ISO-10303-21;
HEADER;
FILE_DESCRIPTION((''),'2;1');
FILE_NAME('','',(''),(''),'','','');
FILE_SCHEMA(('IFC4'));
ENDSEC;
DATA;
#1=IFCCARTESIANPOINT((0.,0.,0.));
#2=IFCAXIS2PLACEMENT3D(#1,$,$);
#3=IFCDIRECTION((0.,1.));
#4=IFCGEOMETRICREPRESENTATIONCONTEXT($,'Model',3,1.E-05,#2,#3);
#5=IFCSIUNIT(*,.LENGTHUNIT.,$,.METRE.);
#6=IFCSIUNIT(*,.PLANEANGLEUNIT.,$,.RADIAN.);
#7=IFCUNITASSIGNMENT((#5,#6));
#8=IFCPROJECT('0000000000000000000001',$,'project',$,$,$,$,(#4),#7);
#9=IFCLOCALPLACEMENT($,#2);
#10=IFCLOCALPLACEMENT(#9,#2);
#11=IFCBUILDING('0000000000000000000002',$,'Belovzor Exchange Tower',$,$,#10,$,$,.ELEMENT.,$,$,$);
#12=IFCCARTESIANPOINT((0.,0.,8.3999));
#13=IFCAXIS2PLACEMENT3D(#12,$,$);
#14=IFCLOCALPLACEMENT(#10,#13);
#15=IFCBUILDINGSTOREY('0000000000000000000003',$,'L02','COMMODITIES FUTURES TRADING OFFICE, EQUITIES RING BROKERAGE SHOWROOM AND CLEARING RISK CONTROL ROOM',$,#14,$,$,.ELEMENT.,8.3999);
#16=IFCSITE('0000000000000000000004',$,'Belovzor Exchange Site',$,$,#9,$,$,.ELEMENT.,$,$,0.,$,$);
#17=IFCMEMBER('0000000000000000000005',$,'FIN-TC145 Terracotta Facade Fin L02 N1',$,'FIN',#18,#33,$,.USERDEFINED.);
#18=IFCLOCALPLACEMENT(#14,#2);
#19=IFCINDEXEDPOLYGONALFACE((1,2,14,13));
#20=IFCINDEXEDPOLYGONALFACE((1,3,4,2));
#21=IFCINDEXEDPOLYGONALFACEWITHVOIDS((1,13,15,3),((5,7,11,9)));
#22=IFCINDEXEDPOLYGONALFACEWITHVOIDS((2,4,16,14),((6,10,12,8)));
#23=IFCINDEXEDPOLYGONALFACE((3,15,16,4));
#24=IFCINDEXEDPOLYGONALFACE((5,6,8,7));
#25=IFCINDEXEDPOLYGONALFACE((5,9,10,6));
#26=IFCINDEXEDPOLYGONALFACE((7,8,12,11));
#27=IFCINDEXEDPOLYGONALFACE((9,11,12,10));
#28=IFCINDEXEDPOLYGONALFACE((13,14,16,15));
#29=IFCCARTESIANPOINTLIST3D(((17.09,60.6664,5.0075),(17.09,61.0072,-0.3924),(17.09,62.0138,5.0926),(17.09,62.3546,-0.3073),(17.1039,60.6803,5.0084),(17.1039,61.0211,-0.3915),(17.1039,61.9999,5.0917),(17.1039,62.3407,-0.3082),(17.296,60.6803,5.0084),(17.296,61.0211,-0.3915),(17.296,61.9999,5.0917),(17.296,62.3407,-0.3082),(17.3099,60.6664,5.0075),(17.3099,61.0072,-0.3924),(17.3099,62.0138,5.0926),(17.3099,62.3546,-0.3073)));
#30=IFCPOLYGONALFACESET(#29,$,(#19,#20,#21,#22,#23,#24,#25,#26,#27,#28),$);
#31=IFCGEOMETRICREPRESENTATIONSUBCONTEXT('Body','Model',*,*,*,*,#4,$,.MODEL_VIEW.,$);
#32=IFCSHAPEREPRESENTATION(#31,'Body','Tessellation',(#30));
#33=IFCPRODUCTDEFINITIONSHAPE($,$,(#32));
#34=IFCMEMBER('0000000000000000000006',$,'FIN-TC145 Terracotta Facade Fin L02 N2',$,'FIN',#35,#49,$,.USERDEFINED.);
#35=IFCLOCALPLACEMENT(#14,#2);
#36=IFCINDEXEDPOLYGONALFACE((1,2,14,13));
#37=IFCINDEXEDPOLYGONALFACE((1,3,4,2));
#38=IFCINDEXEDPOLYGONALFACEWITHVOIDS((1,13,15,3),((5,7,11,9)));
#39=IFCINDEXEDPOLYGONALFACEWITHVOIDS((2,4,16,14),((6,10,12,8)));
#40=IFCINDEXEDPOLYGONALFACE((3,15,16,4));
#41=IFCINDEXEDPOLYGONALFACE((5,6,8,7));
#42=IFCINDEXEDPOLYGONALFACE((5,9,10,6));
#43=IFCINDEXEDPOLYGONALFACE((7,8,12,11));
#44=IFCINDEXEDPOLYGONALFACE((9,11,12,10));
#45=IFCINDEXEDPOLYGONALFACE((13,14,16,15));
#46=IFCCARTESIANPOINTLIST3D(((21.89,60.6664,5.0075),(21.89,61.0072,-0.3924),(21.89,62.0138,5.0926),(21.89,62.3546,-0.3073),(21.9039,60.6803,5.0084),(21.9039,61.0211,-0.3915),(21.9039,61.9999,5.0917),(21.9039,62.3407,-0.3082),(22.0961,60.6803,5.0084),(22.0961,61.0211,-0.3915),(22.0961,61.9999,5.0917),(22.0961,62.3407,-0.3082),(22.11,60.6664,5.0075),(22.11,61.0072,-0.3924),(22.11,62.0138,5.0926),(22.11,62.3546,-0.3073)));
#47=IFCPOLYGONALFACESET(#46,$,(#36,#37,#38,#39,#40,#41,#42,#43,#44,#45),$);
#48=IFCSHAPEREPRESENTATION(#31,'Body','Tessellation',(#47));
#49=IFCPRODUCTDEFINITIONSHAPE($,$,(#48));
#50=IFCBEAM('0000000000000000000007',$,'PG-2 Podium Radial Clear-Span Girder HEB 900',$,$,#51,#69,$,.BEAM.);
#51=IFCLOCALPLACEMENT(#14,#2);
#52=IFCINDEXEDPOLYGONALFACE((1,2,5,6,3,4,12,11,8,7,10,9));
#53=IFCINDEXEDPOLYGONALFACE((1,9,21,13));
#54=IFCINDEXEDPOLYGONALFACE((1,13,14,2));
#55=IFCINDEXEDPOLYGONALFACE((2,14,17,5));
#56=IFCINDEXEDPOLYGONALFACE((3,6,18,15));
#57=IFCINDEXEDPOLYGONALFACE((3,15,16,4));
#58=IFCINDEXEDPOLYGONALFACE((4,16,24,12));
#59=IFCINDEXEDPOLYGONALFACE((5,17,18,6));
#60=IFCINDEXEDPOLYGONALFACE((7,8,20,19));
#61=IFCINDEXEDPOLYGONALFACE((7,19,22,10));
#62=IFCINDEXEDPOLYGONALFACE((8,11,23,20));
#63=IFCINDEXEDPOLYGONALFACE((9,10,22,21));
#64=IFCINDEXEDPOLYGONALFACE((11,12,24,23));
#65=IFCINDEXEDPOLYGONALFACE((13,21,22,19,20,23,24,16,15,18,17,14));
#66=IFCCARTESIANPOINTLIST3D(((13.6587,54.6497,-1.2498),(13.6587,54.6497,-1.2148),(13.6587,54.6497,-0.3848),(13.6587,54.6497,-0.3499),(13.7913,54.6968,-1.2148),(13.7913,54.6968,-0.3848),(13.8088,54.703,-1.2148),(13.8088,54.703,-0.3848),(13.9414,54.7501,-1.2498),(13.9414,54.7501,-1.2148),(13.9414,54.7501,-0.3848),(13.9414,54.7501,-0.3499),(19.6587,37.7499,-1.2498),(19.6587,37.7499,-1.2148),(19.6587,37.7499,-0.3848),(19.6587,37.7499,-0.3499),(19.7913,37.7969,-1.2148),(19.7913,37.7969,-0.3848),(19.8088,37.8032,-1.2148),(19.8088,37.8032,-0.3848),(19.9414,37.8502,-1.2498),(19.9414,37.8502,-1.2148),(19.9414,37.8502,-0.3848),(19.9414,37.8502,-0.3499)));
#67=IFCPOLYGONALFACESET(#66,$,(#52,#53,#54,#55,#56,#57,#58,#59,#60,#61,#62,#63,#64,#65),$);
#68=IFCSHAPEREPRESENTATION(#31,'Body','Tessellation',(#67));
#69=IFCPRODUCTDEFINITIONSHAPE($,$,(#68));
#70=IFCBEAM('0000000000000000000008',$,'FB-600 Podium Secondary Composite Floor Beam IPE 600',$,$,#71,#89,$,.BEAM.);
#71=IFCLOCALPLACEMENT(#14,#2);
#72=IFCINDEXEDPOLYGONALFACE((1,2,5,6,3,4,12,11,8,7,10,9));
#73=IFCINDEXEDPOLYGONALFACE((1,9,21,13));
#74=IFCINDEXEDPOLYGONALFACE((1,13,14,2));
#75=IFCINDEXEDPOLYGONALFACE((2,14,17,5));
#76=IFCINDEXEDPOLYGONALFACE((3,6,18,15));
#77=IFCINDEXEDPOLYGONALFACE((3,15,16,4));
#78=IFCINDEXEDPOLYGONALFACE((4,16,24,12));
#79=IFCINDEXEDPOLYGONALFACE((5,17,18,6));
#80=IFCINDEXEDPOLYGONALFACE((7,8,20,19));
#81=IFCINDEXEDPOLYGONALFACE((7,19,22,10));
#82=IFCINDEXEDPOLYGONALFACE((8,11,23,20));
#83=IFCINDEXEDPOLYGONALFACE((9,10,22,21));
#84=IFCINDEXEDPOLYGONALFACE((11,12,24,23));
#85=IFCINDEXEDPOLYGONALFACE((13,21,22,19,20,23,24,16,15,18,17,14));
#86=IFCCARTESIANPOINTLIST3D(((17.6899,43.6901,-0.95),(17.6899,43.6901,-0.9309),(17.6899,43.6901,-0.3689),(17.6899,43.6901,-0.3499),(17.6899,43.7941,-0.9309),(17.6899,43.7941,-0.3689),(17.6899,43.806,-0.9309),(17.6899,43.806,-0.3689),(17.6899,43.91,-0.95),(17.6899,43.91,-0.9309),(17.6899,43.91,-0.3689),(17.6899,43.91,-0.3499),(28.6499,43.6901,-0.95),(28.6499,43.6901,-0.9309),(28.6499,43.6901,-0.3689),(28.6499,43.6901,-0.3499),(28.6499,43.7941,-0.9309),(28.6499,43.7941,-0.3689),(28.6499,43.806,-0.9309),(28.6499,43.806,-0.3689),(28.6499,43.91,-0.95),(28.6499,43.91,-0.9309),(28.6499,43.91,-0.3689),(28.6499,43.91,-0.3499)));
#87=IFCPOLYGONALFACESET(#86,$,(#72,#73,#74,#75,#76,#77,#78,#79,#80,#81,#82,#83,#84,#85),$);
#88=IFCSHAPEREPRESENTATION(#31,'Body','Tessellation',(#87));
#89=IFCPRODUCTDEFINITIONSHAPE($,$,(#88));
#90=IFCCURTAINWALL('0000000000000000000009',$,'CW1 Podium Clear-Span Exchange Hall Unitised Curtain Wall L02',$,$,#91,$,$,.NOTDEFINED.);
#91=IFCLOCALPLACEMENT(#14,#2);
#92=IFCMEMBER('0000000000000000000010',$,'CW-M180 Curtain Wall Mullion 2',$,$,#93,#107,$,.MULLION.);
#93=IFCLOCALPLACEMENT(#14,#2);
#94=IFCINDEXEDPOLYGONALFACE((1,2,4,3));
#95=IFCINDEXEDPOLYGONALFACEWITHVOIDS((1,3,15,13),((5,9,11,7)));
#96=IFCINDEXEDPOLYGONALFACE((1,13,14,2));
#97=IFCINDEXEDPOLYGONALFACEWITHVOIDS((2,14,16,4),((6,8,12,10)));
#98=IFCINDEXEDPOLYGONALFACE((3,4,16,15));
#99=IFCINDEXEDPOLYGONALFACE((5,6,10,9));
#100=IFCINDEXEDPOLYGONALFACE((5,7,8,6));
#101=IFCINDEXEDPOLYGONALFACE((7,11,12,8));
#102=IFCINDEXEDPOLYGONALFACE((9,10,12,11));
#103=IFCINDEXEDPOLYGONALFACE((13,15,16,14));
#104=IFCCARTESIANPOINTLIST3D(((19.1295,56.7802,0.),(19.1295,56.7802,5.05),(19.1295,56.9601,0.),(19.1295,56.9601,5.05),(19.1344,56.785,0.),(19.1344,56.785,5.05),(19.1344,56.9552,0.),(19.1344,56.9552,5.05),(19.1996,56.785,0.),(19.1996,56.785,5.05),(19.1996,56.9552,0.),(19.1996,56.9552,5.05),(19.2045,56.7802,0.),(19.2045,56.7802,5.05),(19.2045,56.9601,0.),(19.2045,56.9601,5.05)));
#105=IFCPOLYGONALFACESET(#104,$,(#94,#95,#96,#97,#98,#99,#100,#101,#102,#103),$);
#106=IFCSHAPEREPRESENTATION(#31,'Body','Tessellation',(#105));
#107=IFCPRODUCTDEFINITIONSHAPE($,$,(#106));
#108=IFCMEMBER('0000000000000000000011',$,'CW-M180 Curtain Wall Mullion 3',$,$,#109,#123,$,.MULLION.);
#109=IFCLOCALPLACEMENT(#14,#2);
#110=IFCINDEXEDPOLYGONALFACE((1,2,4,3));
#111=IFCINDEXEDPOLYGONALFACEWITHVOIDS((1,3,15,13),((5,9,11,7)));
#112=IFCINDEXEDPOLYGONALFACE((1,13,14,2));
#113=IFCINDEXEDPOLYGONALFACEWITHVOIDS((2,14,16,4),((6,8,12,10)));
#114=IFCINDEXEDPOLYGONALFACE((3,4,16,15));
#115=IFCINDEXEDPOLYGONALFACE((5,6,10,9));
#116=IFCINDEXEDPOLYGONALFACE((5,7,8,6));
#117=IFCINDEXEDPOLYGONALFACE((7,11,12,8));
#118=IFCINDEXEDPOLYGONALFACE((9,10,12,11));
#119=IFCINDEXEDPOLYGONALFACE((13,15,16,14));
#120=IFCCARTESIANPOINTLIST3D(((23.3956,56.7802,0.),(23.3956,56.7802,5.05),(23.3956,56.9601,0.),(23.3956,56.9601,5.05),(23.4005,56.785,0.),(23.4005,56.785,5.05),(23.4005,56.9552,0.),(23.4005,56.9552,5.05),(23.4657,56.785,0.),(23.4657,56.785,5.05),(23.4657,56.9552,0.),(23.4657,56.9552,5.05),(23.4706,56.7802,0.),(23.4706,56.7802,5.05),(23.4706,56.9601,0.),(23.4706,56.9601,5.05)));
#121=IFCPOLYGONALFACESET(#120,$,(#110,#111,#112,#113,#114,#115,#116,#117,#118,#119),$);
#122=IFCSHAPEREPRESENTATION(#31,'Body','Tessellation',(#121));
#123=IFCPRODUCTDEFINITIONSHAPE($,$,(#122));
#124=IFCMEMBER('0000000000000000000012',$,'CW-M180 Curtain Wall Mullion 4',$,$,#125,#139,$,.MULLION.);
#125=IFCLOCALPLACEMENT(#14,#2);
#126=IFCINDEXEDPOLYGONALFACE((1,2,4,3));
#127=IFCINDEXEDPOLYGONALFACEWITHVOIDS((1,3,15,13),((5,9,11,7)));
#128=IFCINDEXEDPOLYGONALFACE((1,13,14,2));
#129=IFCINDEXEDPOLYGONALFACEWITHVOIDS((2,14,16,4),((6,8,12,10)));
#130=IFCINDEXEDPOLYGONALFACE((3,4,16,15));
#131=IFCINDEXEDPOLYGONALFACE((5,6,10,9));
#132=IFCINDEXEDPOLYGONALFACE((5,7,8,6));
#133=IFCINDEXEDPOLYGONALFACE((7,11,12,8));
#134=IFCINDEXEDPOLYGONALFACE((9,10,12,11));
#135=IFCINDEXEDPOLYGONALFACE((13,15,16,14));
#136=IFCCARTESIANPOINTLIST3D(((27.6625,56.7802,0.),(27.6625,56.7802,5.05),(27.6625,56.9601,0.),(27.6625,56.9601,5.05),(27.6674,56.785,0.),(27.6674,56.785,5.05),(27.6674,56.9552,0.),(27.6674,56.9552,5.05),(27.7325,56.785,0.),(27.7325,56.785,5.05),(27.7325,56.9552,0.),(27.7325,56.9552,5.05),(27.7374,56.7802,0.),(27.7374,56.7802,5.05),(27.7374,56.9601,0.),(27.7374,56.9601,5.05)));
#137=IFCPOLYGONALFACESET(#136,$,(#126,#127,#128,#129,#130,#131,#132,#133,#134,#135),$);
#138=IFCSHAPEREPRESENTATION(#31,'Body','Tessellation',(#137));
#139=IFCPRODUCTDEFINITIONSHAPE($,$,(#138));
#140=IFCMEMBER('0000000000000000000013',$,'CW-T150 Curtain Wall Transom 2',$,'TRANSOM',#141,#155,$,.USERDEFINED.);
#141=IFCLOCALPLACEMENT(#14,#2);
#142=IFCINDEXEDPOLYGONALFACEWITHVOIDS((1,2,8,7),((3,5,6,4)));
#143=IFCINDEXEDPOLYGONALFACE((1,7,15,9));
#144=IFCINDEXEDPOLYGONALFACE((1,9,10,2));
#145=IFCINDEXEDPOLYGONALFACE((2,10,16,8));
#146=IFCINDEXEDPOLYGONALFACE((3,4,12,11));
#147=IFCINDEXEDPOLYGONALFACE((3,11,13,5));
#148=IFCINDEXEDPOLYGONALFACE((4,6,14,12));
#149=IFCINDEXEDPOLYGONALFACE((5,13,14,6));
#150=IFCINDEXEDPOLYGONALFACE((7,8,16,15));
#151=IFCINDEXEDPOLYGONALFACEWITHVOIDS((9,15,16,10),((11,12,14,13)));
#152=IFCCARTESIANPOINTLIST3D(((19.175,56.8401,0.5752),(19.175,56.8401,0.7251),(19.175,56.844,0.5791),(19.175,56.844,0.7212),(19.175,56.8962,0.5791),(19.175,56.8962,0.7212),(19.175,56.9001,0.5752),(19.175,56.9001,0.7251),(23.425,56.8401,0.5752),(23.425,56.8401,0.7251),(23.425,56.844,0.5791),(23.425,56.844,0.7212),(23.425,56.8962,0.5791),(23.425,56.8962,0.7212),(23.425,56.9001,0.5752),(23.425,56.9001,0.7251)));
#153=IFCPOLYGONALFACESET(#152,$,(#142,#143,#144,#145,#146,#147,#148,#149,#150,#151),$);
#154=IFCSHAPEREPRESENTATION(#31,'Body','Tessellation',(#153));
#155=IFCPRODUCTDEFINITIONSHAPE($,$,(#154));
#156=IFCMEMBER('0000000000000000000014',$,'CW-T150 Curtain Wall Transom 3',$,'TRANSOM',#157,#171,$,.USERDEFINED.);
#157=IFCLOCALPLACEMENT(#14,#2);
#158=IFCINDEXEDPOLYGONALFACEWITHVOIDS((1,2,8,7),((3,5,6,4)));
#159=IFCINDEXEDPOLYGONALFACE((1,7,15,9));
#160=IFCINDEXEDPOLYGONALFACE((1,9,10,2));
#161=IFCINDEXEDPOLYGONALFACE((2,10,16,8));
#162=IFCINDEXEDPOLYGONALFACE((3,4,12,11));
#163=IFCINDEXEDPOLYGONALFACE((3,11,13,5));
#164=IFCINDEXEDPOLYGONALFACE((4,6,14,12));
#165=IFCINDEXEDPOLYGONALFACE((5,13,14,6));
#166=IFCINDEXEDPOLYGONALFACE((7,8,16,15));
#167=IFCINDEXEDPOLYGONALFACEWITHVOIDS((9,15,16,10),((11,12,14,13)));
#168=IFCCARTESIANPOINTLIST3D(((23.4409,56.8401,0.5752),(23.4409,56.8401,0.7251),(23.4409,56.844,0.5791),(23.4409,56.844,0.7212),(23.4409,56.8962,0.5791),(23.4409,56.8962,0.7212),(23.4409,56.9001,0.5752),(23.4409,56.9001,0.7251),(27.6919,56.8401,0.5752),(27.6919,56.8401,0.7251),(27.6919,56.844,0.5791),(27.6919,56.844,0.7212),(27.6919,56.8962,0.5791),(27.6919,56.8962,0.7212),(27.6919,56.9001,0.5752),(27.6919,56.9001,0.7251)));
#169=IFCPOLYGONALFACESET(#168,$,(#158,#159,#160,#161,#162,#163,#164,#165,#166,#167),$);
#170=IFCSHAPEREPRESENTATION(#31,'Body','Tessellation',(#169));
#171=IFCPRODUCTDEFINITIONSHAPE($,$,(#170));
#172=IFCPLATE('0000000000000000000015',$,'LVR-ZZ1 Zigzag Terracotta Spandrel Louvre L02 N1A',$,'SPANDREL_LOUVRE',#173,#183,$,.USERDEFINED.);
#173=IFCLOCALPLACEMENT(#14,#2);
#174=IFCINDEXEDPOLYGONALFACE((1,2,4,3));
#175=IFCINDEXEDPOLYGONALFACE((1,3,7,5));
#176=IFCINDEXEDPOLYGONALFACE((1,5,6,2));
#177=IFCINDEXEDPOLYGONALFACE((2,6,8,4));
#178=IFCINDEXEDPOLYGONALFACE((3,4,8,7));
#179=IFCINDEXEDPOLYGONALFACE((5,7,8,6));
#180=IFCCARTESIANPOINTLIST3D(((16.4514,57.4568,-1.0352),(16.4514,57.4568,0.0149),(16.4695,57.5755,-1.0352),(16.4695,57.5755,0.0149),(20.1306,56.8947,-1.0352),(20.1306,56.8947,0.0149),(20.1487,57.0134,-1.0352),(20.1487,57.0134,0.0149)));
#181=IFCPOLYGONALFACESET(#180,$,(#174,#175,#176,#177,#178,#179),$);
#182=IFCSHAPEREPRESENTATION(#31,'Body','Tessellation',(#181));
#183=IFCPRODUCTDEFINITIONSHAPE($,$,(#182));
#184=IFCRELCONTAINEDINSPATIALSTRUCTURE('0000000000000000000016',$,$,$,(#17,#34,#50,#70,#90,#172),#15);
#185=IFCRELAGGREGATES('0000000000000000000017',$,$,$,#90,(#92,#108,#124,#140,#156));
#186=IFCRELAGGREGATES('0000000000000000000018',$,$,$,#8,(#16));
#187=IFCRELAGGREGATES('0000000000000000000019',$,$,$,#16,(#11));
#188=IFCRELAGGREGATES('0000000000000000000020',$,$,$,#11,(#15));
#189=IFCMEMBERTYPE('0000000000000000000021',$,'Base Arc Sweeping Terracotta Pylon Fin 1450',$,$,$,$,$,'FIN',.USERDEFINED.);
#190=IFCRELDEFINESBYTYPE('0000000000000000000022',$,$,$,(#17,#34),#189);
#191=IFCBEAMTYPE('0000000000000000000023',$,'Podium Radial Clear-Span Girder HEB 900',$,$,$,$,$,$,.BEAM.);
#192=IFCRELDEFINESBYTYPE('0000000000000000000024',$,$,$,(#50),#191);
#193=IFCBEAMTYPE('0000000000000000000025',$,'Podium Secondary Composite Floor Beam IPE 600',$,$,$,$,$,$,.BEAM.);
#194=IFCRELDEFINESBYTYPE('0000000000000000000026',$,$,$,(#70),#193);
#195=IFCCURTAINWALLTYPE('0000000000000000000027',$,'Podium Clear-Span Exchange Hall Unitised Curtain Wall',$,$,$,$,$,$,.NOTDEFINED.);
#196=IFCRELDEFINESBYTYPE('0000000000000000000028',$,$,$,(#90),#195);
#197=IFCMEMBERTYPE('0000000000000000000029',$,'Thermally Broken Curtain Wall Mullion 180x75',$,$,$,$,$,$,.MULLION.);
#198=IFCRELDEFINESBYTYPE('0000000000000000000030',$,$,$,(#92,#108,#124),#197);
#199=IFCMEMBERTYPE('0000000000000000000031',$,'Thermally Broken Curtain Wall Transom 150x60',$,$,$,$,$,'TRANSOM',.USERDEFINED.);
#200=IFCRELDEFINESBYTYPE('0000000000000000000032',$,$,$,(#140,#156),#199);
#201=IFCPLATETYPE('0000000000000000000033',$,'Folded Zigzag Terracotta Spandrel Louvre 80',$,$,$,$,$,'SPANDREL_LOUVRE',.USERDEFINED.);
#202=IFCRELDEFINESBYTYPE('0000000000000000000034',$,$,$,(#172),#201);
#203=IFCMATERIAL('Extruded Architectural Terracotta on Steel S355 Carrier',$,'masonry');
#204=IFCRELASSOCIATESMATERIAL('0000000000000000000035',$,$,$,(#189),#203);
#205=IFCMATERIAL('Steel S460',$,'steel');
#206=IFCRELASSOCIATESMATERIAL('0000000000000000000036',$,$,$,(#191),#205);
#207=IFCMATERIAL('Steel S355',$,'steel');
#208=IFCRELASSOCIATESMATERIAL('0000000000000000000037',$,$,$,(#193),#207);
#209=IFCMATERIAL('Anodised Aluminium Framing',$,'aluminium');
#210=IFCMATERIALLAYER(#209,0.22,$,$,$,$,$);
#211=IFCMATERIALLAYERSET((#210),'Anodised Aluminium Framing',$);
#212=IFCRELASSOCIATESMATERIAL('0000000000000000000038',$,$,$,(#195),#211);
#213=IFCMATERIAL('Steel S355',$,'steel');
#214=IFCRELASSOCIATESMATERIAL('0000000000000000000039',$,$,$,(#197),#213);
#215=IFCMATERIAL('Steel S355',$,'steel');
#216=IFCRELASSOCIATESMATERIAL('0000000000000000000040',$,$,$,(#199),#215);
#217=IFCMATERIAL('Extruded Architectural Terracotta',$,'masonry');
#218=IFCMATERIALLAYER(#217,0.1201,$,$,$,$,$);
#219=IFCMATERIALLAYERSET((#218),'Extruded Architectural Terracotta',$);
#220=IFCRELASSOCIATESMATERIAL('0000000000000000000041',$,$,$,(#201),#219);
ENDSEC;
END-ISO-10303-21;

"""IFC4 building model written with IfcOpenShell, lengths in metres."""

from ifc_helpers import new_model, si_unit, direction, frame, origin, origin_2d, place, context, subcontext, project, spatial, rectangle, hollow_rectangle, i_section, extrude, material, layer, layer_set, material_profile, profile_set, type_object, element, aggregate, save


model = new_model("IFC4")

# Units and contexts
model_context = context("Model", 3, precision=1e-05, world=origin(), true_north=direction((0.0, 1.0)))
body_context = subcontext(model_context, "Body", "Model", "MODEL_VIEW")
ifc_project = project(units=[si_unit("LENGTHUNIT", "METRE"), si_unit("PLANEANGLEUNIT", "RADIAN")], contexts=[model_context])

# Site, building, storey
site_placement = place(None, origin())
site = spatial("IfcSite", under=ifc_project, at=site_placement, Name="Belovzor Exchange Site", CompositionType="ELEMENT", RefElevation=0.0)
building_placement = place(site_placement, origin())
building = spatial("IfcBuilding", under=site, at=building_placement, Name="Belovzor Exchange Tower", CompositionType="ELEMENT")
storey_placement = place(building_placement, frame((0.0, 0.0, 8.3999)))
storey = spatial("IfcBuildingStorey", under=building, at=storey_placement, Name="L02", Description="COMMODITIES FUTURES TRADING OFFICE, EQUITIES RING BROKERAGE SHOWROOM AND CLEARING RISK CONTROL ROOM", CompositionType="ELEMENT", Elevation=8.3999)

# Members
ifc_material_1 = material(Name="Extruded Architectural Terracotta on Steel S355 Carrier", Category="masonry")
ifc_material_profile_1 = material_profile(ifc_material_1, hollow_rectangle(XDim=0.22, YDim=1.3501, WallThickness=0.0139, at=origin_2d()))
ifc_profile_set_1 = profile_set([ifc_material_profile_1], Name="Extruded Architectural Terracotta on Steel S355 Carrier")
member_type_1 = type_object("IfcMemberType", Name="Base Arc Sweeping Terracotta Pylon Fin 1450", ElementType="FIN", PredefinedType="USERDEFINED", material=ifc_profile_set_1)
for number, where, z_axis, x_axis, name in (
    (1, (17.2, 61.6809, -0.3499), (0.0, -0.062991, 0.998014), (1.0, 0.0, 0.0), "FIN-TC145 Terracotta Facade Fin L02 N1"),
    (2, (22.0, 61.6809, -0.3499), (0.0, -0.062991, 0.998014), (1.0, 0.0, 0.0), "FIN-TC145 Terracotta Facade Fin L02 N2"),
):
    element("IfcMember", number, at=place(storey_placement, frame(where, z_axis=z_axis, x_axis=x_axis)), inside=storey, type_object=member_type_1, Name=name, ObjectType="FIN", PredefinedType="USERDEFINED", context=body_context, shape_type="SweptSolid", body=[
        extrude(hollow_rectangle(XDim=0.22, YDim=1.3501, WallThickness=0.0139, at=origin_2d()), origin(), (0.0, 0.0, 1.0), 5.4106),
    ])

# Beams
ifc_material_2 = material(Name="Steel S460", Category="steel")
ifc_material_profile_2 = material_profile(ifc_material_2, i_section(OverallWidth=0.3, OverallDepth=0.8999, WebThickness=0.0186, FlangeThickness=0.0349, at=origin_2d()))
ifc_profile_set_2 = profile_set([ifc_material_profile_2], Name="Steel S460")
beam_type_1 = type_object("IfcBeamType", Name="Podium Radial Clear-Span Girder HEB 900", PredefinedType="BEAM", material=ifc_profile_set_2)
beam_1_placement = place(storey_placement, frame((19.8, 37.8, -0.7998), z_axis=(-0.334571, 0.94237, 0.0), x_axis=(-0.94237, -0.334571, 0.0)))
element("IfcBeam", 3, at=beam_1_placement, inside=storey, type_object=beam_type_1, Name="PG-2 Podium Radial Clear-Span Girder HEB 900", PredefinedType="BEAM", context=body_context, shape_type="SweptSolid", body=[
    extrude(i_section(OverallWidth=0.3, OverallDepth=0.8999, WebThickness=0.0186, FlangeThickness=0.0349, at=origin_2d()), origin(), (0.0, 0.0, 1.0), 17.9333),
])
ifc_material_3 = material(Name="Steel S355", Category="steel")
ifc_material_profile_3 = material_profile(ifc_material_3, i_section(OverallWidth=0.22, OverallDepth=0.6001, WebThickness=0.012, FlangeThickness=0.019, at=origin_2d()))
ifc_profile_set_3 = profile_set([ifc_material_profile_3], Name="Steel S355")
beam_type_2 = type_object("IfcBeamType", Name="Podium Secondary Composite Floor Beam IPE 600", PredefinedType="BEAM", material=ifc_profile_set_3)
beam_2_placement = place(storey_placement, frame((17.6899, 43.8, -0.6499), z_axis=(1.0, 0.0, 0.0), x_axis=(0.0, 1.0, 0.0)))
element("IfcBeam", 4, at=beam_2_placement, inside=storey, type_object=beam_type_2, Name="FB-600 Podium Secondary Composite Floor Beam IPE 600", PredefinedType="BEAM", context=body_context, shape_type="SweptSolid", body=[
    extrude(i_section(OverallWidth=0.22, OverallDepth=0.6001, WebThickness=0.012, FlangeThickness=0.019, at=origin_2d()), origin(), (0.0, 0.0, 1.0), 10.96),
])

# Curtain wall, members
ifc_material_4 = material(Name="Anodised Aluminium Framing", Category="aluminium")
ifc_layer_1 = layer(ifc_material_4, 0.22)
ifc_layer_set_1 = layer_set([ifc_layer_1], Name="Anodised Aluminium Framing")
curtain_wall_type = type_object("IfcCurtainWallType", Name="Podium Clear-Span Exchange Hall Unitised Curtain Wall", PredefinedType="NOTDEFINED", material=ifc_layer_set_1)
curtain_wall_placement = place(storey_placement, origin())
curtain_wall = element("IfcCurtainWall", 5, at=curtain_wall_placement, inside=storey, type_object=curtain_wall_type, Name="CW1 Podium Clear-Span Exchange Hall Unitised Curtain Wall L02", PredefinedType="NOTDEFINED")
ifc_material_5 = material(Name="Steel S355", Category="steel")
ifc_material_profile_4 = material_profile(ifc_material_5, hollow_rectangle(XDim=0.075, YDim=0.1799, WallThickness=0.0049, at=origin_2d()))
ifc_profile_set_4 = profile_set([ifc_material_profile_4], Name="Steel S355")
member_type_2 = type_object("IfcMemberType", Name="Thermally Broken Curtain Wall Mullion 180x75", PredefinedType="MULLION", material=ifc_profile_set_4)
member_1_placement = place(storey_placement, frame((19.167, 56.8701, 0.0), z_axis=(0.0, 0.0, 1.0), x_axis=(1.0, 0.0, 0.0)))
member_1 = element("IfcMember", 6, at=member_1_placement, type_object=member_type_2, Name="CW-M180 Curtain Wall Mullion 2", PredefinedType="MULLION", context=body_context, shape_type="SweptSolid", body=[
    extrude(hollow_rectangle(XDim=0.075, YDim=0.1799, WallThickness=0.0049, at=origin_2d()), origin(), (0.0, 0.0, 1.0), 5.05),
])
member_2_placement = place(storey_placement, frame((23.4331, 56.8701, 0.0), z_axis=(0.0, 0.0, 1.0), x_axis=(1.0, 0.0, 0.0)))
member_2 = element("IfcMember", 7, at=member_2_placement, type_object=member_type_2, Name="CW-M180 Curtain Wall Mullion 3", PredefinedType="MULLION", context=body_context, shape_type="SweptSolid", body=[
    extrude(hollow_rectangle(XDim=0.075, YDim=0.1799, WallThickness=0.0049, at=origin_2d()), origin(), (0.0, 0.0, 1.0), 5.05),
])
member_3_placement = place(storey_placement, frame((27.7, 56.8701, 0.0), z_axis=(0.0, 0.0, 1.0), x_axis=(1.0, 0.0, 0.0)))
member_3 = element("IfcMember", 8, at=member_3_placement, type_object=member_type_2, Name="CW-M180 Curtain Wall Mullion 4", PredefinedType="MULLION", context=body_context, shape_type="SweptSolid", body=[
    extrude(hollow_rectangle(XDim=0.075, YDim=0.1799, WallThickness=0.0049, at=origin_2d()), origin(), (0.0, 0.0, 1.0), 5.05),
])
ifc_material_6 = material(Name="Steel S355", Category="steel")
ifc_material_profile_5 = material_profile(ifc_material_6, hollow_rectangle(XDim=0.0601, YDim=0.1499, WallThickness=0.0039, at=origin_2d()))
ifc_profile_set_5 = profile_set([ifc_material_profile_5], Name="Steel S355")
member_type_3 = type_object("IfcMemberType", Name="Thermally Broken Curtain Wall Transom 150x60", ElementType="TRANSOM", PredefinedType="USERDEFINED", material=ifc_profile_set_5)
member_4_placement = place(storey_placement, frame((19.175, 56.8701, 0.6501), z_axis=(1.0, 0.0, 0.0), x_axis=(0.0, 1.0, 0.0)))
member_4 = element("IfcMember", 9, at=member_4_placement, type_object=member_type_3, Name="CW-T150 Curtain Wall Transom 2", ObjectType="TRANSOM", PredefinedType="USERDEFINED", context=body_context, shape_type="SweptSolid", body=[
    extrude(hollow_rectangle(XDim=0.0601, YDim=0.1499, WallThickness=0.0039, at=origin_2d()), origin(), (0.0, 0.0, 1.0), 4.25),
])
member_5_placement = place(storey_placement, frame((23.4409, 56.8701, 0.6501), z_axis=(1.0, 0.0, 0.0), x_axis=(0.0, 1.0, 0.0)))
member_5 = element("IfcMember", 10, at=member_5_placement, type_object=member_type_3, Name="CW-T150 Curtain Wall Transom 3", ObjectType="TRANSOM", PredefinedType="USERDEFINED", context=body_context, shape_type="SweptSolid", body=[
    extrude(hollow_rectangle(XDim=0.0601, YDim=0.1499, WallThickness=0.0039, at=origin_2d()), origin(), (0.0, 0.0, 1.0), 4.251),
])

# Plate
ifc_material_7 = material(Name="Extruded Architectural Terracotta", Category="masonry")
ifc_layer_2 = layer(ifc_material_7, 0.1201)
ifc_layer_set_2 = layer_set([ifc_layer_2], Name="Extruded Architectural Terracotta")
plate_type_1 = type_object("IfcPlateType", Name="Folded Zigzag Terracotta Spandrel Louvre 80", ElementType="SPANDREL_LOUVRE", PredefinedType="USERDEFINED", material=ifc_layer_set_2)
for number, where, z_axis, x_axis, name in (
    (11, (18.3, 57.2351, -1.0352), (0.0, 0.0, 1.0), (0.988531, -0.151019, 0.0), "LVR-ZZ1 Zigzag Terracotta Spandrel Louvre L02 N1A"),
):
    element("IfcPlate", number, at=place(storey_placement, frame(where, z_axis=z_axis, x_axis=x_axis)), inside=storey, type_object=plate_type_1, Name=name, ObjectType="SPANDREL_LOUVRE", PredefinedType="USERDEFINED", context=body_context, shape_type="SweptSolid", body=[
        extrude(rectangle(XDim=3.7219, YDim=0.1201, at=origin_2d()), origin(), (0.0, 0.0, 1.0), 1.05),
    ])

aggregate(curtain_wall, [member_1, member_2, member_3, member_4, member_5])

save(model, "model.ifc")
